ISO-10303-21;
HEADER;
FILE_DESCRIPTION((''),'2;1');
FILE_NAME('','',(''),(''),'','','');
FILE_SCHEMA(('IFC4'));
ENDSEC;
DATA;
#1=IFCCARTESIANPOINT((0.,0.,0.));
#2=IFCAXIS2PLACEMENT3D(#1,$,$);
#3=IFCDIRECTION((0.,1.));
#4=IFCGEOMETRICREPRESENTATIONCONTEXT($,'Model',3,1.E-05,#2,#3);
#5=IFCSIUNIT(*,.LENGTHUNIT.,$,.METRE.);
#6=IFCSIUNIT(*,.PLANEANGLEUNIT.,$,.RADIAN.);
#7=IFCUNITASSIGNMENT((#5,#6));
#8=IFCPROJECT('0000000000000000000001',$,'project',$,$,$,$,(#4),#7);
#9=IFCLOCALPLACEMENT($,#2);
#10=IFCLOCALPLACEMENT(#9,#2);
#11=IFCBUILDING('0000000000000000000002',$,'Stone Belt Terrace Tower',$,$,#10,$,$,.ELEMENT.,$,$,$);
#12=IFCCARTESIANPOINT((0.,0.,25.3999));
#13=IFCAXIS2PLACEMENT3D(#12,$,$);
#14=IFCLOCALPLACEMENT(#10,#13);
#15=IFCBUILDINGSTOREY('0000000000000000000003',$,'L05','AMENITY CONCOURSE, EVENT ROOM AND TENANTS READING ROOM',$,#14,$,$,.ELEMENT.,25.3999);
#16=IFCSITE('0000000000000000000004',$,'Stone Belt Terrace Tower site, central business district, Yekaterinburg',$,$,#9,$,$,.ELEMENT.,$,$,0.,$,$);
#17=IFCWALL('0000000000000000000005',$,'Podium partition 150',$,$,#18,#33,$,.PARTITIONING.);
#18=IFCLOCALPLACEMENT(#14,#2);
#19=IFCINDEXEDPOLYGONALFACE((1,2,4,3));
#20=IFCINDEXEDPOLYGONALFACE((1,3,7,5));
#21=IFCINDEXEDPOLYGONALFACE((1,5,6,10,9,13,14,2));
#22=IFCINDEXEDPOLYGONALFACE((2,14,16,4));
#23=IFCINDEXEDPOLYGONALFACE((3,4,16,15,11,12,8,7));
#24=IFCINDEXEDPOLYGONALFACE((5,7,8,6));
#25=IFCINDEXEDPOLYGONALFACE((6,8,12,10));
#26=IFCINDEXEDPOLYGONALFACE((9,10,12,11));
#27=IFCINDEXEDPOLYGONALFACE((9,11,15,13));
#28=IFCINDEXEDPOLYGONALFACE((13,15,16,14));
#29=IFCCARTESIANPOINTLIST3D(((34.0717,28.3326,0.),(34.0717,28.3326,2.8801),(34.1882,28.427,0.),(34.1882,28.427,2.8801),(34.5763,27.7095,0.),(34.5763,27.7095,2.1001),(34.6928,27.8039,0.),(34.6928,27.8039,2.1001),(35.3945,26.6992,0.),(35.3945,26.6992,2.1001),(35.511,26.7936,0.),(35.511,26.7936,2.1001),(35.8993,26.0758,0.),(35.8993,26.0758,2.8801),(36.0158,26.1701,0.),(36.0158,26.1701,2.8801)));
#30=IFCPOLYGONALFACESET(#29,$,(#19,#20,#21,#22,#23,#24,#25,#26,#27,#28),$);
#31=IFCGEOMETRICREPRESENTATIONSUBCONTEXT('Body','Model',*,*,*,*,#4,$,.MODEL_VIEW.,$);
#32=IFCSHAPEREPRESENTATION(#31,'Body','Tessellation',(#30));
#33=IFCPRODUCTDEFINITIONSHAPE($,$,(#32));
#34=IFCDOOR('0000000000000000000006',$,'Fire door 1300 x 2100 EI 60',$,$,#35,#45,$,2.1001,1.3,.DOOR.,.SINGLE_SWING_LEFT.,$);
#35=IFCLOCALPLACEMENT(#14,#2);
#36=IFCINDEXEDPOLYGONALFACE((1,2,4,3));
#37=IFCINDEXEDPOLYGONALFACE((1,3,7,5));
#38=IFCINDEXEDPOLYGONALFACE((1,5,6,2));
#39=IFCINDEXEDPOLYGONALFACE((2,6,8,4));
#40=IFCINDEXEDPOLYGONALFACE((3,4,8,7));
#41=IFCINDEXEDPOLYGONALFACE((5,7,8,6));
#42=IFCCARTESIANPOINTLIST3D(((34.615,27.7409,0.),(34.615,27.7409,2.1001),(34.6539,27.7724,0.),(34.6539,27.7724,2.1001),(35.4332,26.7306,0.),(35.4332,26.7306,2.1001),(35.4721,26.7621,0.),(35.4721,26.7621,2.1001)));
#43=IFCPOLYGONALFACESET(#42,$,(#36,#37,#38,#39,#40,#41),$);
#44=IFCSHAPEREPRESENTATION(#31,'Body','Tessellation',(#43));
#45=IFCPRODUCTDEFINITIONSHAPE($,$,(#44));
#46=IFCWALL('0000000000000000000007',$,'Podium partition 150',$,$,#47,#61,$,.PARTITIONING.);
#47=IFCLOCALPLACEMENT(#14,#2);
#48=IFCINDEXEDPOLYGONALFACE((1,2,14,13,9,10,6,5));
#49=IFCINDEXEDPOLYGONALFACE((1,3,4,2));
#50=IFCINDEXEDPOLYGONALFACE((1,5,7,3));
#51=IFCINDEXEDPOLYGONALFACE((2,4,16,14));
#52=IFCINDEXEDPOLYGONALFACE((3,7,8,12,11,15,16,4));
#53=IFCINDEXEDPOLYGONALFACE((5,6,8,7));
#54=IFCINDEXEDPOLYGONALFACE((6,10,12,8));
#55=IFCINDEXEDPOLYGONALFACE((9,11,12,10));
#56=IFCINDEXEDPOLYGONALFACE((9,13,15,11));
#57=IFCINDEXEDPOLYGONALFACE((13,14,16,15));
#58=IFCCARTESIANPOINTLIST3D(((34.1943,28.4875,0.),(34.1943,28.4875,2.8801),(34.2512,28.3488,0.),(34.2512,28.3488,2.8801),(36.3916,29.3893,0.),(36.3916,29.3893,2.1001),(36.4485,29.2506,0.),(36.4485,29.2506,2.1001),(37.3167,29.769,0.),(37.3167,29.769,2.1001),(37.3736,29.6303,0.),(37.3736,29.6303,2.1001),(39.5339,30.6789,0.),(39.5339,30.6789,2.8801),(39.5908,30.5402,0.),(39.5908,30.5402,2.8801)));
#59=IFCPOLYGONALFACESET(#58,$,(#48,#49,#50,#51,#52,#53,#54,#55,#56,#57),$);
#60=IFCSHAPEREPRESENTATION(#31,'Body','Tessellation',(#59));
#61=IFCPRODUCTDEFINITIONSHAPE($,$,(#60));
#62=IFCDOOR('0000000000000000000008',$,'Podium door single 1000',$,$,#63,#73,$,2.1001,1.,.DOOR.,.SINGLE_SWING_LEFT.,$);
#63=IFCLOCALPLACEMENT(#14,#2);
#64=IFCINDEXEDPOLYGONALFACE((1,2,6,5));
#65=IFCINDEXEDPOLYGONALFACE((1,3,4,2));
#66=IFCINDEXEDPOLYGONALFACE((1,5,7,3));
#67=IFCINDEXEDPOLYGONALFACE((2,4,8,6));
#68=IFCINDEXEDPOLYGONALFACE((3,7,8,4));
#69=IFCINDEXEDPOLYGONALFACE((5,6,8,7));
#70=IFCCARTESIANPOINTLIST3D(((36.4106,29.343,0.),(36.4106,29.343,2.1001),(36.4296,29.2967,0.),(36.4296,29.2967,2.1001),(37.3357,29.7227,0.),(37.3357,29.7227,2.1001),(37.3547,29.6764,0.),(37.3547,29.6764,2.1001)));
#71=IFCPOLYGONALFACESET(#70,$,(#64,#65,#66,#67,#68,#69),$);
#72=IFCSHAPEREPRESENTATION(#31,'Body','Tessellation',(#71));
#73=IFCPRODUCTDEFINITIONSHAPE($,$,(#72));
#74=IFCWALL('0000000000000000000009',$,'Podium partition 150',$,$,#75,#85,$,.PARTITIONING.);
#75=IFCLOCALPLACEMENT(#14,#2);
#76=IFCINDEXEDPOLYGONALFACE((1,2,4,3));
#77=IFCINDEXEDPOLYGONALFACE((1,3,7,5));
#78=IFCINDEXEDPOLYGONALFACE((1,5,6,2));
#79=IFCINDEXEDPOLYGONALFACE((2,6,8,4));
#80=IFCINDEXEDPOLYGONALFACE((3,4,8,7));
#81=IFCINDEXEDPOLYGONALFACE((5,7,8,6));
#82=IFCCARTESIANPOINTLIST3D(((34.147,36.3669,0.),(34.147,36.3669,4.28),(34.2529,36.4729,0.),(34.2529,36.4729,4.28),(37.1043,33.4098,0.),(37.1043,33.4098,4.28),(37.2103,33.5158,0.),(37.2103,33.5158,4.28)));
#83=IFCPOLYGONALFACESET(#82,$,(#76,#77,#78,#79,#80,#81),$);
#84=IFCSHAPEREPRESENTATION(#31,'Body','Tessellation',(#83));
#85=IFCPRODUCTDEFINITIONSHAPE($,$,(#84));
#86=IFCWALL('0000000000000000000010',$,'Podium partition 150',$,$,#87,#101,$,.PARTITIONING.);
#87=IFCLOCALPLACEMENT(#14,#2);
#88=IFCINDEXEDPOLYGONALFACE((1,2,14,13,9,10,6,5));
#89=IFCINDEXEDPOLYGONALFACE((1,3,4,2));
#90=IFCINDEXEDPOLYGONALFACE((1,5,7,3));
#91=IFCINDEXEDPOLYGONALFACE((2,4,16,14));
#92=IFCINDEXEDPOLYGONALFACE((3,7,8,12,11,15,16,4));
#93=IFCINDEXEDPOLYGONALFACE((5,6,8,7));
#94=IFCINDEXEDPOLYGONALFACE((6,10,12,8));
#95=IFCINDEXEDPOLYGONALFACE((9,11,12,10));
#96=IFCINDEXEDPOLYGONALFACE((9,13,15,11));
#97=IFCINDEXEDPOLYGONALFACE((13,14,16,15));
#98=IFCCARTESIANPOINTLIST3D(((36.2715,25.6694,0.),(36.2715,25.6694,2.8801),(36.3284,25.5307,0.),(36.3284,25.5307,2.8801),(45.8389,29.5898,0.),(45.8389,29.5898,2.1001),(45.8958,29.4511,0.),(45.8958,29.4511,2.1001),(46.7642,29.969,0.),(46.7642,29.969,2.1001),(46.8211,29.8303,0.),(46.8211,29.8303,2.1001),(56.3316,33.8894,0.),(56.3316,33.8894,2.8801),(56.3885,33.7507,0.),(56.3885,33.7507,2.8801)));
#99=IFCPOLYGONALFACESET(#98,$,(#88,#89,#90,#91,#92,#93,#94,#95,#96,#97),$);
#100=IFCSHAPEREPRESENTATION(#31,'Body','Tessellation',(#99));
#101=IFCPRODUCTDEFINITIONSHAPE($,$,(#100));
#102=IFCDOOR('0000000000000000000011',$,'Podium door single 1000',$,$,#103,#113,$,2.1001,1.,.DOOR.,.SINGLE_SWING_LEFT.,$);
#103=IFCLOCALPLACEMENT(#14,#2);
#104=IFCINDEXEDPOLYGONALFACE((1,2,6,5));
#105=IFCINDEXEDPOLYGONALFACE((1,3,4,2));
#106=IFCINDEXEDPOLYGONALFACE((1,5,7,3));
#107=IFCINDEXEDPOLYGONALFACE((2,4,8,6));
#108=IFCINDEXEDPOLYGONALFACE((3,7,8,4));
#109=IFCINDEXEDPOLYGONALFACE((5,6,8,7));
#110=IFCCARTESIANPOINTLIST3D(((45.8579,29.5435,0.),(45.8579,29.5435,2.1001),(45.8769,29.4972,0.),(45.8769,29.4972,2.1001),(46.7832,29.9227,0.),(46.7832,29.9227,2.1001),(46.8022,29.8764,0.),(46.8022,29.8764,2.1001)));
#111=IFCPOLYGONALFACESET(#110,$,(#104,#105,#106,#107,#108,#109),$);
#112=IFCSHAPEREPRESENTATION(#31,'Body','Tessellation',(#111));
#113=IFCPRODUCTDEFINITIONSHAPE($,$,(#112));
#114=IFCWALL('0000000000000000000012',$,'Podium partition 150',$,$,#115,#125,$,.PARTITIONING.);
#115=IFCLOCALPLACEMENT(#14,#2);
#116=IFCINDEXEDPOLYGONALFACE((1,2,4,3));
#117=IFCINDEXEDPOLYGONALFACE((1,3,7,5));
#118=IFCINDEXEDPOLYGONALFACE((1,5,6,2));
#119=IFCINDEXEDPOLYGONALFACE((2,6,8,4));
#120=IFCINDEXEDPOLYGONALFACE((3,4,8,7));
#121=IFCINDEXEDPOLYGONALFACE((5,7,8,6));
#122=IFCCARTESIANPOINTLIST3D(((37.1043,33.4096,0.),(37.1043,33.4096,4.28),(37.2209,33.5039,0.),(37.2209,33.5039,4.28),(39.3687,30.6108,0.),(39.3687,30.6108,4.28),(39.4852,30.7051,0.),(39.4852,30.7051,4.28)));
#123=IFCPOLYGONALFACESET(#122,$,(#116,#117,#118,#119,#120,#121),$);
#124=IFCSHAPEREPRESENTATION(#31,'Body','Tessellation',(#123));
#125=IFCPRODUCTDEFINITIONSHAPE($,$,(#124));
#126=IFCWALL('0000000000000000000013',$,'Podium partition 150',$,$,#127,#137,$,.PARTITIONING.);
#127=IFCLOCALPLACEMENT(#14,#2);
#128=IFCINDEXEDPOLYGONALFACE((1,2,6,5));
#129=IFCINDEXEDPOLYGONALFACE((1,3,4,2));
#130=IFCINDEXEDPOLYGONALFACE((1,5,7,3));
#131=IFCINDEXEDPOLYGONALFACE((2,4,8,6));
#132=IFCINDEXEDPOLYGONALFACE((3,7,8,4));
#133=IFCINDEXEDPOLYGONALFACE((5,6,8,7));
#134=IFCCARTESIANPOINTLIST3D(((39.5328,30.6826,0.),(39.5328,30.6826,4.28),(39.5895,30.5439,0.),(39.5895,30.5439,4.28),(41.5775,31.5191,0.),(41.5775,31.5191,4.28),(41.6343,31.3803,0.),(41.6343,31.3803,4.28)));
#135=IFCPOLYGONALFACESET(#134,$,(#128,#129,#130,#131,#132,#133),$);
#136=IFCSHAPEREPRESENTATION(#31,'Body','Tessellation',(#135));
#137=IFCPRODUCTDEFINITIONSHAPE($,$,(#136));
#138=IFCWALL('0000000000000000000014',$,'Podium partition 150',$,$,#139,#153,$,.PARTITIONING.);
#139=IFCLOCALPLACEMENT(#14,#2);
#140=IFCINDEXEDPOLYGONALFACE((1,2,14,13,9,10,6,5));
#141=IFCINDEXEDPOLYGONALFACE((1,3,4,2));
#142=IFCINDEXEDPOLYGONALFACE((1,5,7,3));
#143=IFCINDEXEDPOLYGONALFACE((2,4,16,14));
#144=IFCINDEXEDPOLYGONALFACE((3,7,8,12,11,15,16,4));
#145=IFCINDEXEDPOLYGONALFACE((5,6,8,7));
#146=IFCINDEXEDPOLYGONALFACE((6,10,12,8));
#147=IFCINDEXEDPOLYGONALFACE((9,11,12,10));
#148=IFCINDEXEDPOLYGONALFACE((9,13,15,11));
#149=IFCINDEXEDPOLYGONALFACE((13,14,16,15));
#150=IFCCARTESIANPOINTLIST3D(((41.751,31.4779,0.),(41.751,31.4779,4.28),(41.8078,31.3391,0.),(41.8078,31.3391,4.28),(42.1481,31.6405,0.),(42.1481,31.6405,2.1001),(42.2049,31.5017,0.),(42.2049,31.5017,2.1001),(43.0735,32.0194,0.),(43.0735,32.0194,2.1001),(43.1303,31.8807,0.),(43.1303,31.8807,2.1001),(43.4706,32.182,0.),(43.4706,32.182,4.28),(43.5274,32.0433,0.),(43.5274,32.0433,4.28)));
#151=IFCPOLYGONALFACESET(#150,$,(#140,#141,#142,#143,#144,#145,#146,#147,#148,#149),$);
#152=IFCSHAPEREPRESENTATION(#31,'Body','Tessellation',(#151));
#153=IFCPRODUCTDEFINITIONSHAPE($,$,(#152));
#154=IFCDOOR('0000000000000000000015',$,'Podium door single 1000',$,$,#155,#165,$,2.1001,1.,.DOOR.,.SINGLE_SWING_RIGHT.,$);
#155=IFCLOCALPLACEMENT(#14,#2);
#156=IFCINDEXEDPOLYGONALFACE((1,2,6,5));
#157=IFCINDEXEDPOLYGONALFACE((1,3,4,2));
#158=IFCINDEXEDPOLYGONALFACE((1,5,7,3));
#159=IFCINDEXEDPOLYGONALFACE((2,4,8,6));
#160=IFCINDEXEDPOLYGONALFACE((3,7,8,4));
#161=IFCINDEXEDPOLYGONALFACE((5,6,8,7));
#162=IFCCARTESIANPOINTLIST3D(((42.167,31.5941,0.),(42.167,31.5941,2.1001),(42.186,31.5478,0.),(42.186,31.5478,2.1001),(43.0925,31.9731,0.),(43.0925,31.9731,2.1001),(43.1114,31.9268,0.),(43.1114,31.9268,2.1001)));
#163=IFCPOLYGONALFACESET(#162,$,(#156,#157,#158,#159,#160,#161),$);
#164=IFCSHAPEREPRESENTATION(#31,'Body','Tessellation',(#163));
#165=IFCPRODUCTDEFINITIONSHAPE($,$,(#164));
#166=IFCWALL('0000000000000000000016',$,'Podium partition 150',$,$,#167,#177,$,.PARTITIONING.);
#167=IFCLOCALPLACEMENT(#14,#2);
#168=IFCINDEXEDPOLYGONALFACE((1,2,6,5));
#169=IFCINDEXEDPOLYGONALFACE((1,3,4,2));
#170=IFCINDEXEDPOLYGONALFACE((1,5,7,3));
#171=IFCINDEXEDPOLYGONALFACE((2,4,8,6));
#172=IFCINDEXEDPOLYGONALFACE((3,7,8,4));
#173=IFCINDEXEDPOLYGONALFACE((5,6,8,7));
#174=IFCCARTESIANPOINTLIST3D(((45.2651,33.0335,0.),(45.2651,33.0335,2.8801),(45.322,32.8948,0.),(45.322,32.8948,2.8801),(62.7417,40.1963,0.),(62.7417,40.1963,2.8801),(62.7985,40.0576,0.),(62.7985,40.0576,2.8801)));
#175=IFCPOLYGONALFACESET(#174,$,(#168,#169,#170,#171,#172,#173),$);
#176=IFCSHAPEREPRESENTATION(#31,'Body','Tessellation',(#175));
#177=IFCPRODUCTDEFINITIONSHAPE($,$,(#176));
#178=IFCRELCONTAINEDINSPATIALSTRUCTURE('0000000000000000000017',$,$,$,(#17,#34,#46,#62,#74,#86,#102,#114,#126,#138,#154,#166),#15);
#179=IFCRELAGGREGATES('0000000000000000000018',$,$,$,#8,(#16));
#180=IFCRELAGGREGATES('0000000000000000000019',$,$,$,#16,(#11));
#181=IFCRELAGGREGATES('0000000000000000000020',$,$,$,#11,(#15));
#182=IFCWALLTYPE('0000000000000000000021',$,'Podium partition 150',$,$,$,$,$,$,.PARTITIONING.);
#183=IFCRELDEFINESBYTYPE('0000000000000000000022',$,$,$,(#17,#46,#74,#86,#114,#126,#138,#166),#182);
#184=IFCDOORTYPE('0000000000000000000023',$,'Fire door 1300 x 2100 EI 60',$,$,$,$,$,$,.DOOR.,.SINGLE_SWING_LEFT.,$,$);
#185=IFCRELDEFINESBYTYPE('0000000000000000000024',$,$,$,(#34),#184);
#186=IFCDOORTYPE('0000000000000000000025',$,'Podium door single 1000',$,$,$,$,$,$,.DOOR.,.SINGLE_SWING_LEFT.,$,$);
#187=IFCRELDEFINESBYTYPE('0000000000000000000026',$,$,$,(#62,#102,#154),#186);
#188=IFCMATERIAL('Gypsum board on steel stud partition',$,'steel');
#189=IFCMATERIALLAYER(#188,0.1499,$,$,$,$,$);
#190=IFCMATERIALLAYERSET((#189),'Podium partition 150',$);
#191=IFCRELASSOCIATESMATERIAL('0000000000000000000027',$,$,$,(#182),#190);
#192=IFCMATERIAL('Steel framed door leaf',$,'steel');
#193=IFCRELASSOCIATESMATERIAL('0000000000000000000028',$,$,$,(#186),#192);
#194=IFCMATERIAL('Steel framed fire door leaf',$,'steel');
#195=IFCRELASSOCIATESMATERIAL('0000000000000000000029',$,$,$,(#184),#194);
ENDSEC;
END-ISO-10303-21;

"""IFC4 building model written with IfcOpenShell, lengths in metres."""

from ifc_helpers import new_model, si_unit, direction, frame, frame_2d, origin, place, context, subcontext, project, spatial, rectangle, extrude, material, layer, layer_set, type_object, element, fill, save


model = new_model("IFC4")

# Units and contexts
model_context = context("Model", 3, precision=1e-05, world=origin(), true_north=direction((0.0, 1.0)))
body_context = subcontext(model_context, "Body", "Model", "MODEL_VIEW")
ifc_project = project(units=[si_unit("LENGTHUNIT", "METRE"), si_unit("PLANEANGLEUNIT", "RADIAN")], contexts=[model_context])

# Site, building, storey
site_placement = place(None, origin())
site = spatial("IfcSite", under=ifc_project, at=site_placement, Name="Stone Belt Terrace Tower site, central business district, Yekaterinburg", CompositionType="ELEMENT", RefElevation=0.0)
building_placement = place(site_placement, origin())
building = spatial("IfcBuilding", under=site, at=building_placement, Name="Stone Belt Terrace Tower", CompositionType="ELEMENT")
storey_placement = place(building_placement, frame((0.0, 0.0, 25.3999)))
storey = spatial("IfcBuildingStorey", under=building, at=storey_placement, Name="L05", Description="AMENITY CONCOURSE, EVENT ROOM AND TENANTS READING ROOM", CompositionType="ELEMENT", Elevation=25.3999)

# Shared definitions
ifc_material_1 = material(Name="Gypsum board on steel stud partition", Category="steel")
ifc_layer_1 = layer(ifc_material_1, 0.1499)
ifc_layer_set_1 = layer_set([ifc_layer_1], Name="Podium partition 150")
wall_type_1 = type_object("IfcWallType", Name="Podium partition 150", PredefinedType="PARTITIONING", material=ifc_layer_set_1)
ifc_material_2 = material(Name="Steel framed door leaf", Category="steel")
door_type_1 = type_object("IfcDoorType", Name="Podium door single 1000", OperationType="SINGLE_SWING_LEFT", PredefinedType="DOOR", material=ifc_material_2)

# Walls, openings, doors
wall_1_placement = place(storey_placement, frame((34.1299, 28.3799, 0.0), z_axis=(0.0, 0.0, 1.0), x_axis=(0.629338, -0.777131, 0.0)))
wall_1 = element("IfcWall", 1, at=wall_1_placement, inside=storey, type_object=wall_type_1, Name="Podium partition 150", PredefinedType="PARTITIONING", context=body_context, shape_type="SweptSolid", body=[
    extrude(rectangle(XDim=2.9041, YDim=0.1499, at=frame_2d((1.4521, 0.0))), origin(), (0.0, 0.0, 1.0), 2.8801),
])
opening_1_placement = place(wall_1_placement, frame((0.802, 0.0, 0.0)))
opening_1 = element("IfcOpeningElement", 2, at=opening_1_placement, cuts=wall_1, PredefinedType="OPENING", context=body_context, shape_type="SweptSolid", body=[
    extrude(rectangle(XDim=1.3, YDim=2.1001, at=frame_2d((0.6499, 1.05))), frame((0.0, 0.085, 0.0), z_axis=(0.0, -1.0, 0.0), x_axis=(1.0, 0.0, 0.0)), (0.0, 0.0, 1.0), 0.1699),
])
ifc_material_3 = material(Name="Steel framed fire door leaf", Category="steel")
door_type_2 = type_object("IfcDoorType", Name="Fire door 1300 x 2100 EI 60", OperationType="SINGLE_SWING_LEFT", PredefinedType="DOOR", material=ifc_material_3)
door_1_placement = place(opening_1_placement, origin())
door_1 = element("IfcDoor", 3, at=door_1_placement, inside=storey, type_object=door_type_2, Name="Fire door 1300 x 2100 EI 60", OperationType="SINGLE_SWING_LEFT", OverallHeight=2.1001, OverallWidth=1.3, PredefinedType="DOOR", context=body_context, shape_type="SweptSolid", body=[
    extrude(rectangle(XDim=1.3, YDim=2.1001, at=frame_2d((0.6499, 1.05))), frame((0.0, 0.0249, 0.0), z_axis=(0.0, -1.0, 0.0), x_axis=(1.0, 0.0, 0.0)), (0.0, 0.0, 1.0), 0.05),
])
fill(opening_1, door_1)
wall_2_placement = place(storey_placement, frame((34.2229, 28.4182, 0.0), z_axis=(0.0, 0.0, 1.0), x_axis=(0.92512, 0.379675, 0.0)))
wall_2 = element("IfcWall", 4, at=wall_2_placement, inside=storey, type_object=wall_type_1, Name="Podium partition 150", PredefinedType="PARTITIONING", context=body_context, shape_type="SweptSolid", body=[
    extrude(rectangle(XDim=5.7717, YDim=0.1499, at=frame_2d((2.8857, 0.0))), origin(), (0.0, 0.0, 1.0), 2.8801),
])
opening_2_placement = place(wall_2_placement, frame((2.375, 0.0, 0.0)))
opening_2 = element("IfcOpeningElement", 5, at=opening_2_placement, cuts=wall_2, PredefinedType="OPENING", context=body_context, shape_type="SweptSolid", body=[
    extrude(rectangle(XDim=1.0, YDim=2.1001, at=frame_2d((0.5, 1.05))), frame((0.0, 0.085, 0.0), z_axis=(0.0, -1.0, 0.0), x_axis=(1.0, 0.0, 0.0)), (0.0, 0.0, 1.0), 0.1699),
])
door_2_placement = place(opening_2_placement, origin())
door_2 = element("IfcDoor", 6, at=door_2_placement, inside=storey, type_object=door_type_1, Name="Podium door single 1000", OperationType="SINGLE_SWING_LEFT", OverallHeight=2.1001, OverallWidth=1.0, PredefinedType="DOOR", context=body_context, shape_type="SweptSolid", body=[
    extrude(rectangle(XDim=1.0, YDim=2.1001, at=frame_2d((0.5, 1.05))), frame((0.0, 0.0249, 0.0), z_axis=(0.0, -1.0, 0.0), x_axis=(1.0, 0.0, 0.0)), (0.0, 0.0, 1.0), 0.05),
])
fill(opening_2, door_2)

# Wall
wall_3_placement = place(storey_placement, frame((34.2, 36.4199, 0.0), z_axis=(0.0, 0.0, 1.0), x_axis=(0.707136, -0.707078, 0.0)))
element("IfcWall", 7, at=wall_3_placement, inside=storey, type_object=wall_type_1, Name="Podium partition 150", PredefinedType="PARTITIONING", context=body_context, shape_type="SweptSolid", body=[
    extrude(rectangle(XDim=4.1821, YDim=0.1499, at=frame_2d((2.0911, 0.0))), origin(), (0.0, 0.0, 1.0), 4.28),
])

# Wall, opening, door
wall_4_placement = place(storey_placement, frame((36.3, 25.6001, 0.0), z_axis=(0.0, 0.0, 1.0), x_axis=(0.925327, 0.37917, 0.0)))
wall_4 = element("IfcWall", 8, at=wall_4_placement, inside=storey, type_object=wall_type_1, Name="Podium partition 150", PredefinedType="PARTITIONING", context=body_context, shape_type="SweptSolid", body=[
    extrude(rectangle(XDim=21.679, YDim=0.1499, at=frame_2d((10.8394, 0.0))), origin(), (0.0, 0.0, 1.0), 2.8801),
])
opening_3_placement = place(wall_4_placement, frame((10.3394, 0.0, 0.0)))
opening_3 = element("IfcOpeningElement", 9, at=opening_3_placement, cuts=wall_4, PredefinedType="OPENING", context=body_context, shape_type="SweptSolid", body=[
    extrude(rectangle(XDim=1.0, YDim=2.1001, at=frame_2d((0.5, 1.05))), frame((0.0, 0.085, 0.0), z_axis=(0.0, -1.0, 0.0), x_axis=(1.0, 0.0, 0.0)), (0.0, 0.0, 1.0), 0.1699),
])
door_3_placement = place(opening_3_placement, origin())
door_3 = element("IfcDoor", 10, at=door_3_placement, inside=storey, type_object=door_type_1, Name="Podium door single 1000", OperationType="SINGLE_SWING_LEFT", OverallHeight=2.1001, OverallWidth=1.0, PredefinedType="DOOR", context=body_context, shape_type="SweptSolid", body=[
    extrude(rectangle(XDim=1.0, YDim=2.1001, at=frame_2d((0.5, 1.05))), frame((0.0, 0.0249, 0.0), z_axis=(0.0, -1.0, 0.0), x_axis=(1.0, 0.0, 0.0)), (0.0, 0.0, 1.0), 0.05),
])
fill(opening_3, door_3)

# Walls
wall_5_placement = place(storey_placement, frame((37.1626, 33.4568, 0.0), z_axis=(0.0, 0.0, 1.0), x_axis=(0.628978, -0.777423, 0.0)))
element("IfcWall", 11, at=wall_5_placement, inside=storey, type_object=wall_type_1, Name="Podium partition 150", PredefinedType="PARTITIONING", context=body_context, shape_type="SweptSolid", body=[
    extrude(rectangle(XDim=3.6001, YDim=0.1499, at=frame_2d((1.8, 0.0))), origin(), (0.0, 0.0, 1.0), 4.28),
])
wall_6_placement = place(storey_placement, frame((39.5613, 30.6133, 0.0), z_axis=(0.0, 0.0, 1.0), x_axis=(0.925552, 0.37862, 0.0)))
element("IfcWall", 12, at=wall_6_placement, inside=storey, type_object=wall_type_1, Name="Podium partition 150", PredefinedType="PARTITIONING", context=body_context, shape_type="SweptSolid", body=[
    extrude(rectangle(XDim=2.2092, YDim=0.1499, at=frame_2d((1.1045, 0.0))), origin(), (0.0, 0.0, 1.0), 4.28),
])

# Wall, opening, door
wall_7_placement = place(storey_placement, frame((41.7793, 31.4084, 0.0), z_axis=(0.0, 0.0, 1.0), x_axis=(0.925419, 0.378945, 0.0)))
wall_7 = element("IfcWall", 13, at=wall_7_placement, inside=storey, type_object=wall_type_1, Name="Podium partition 150", PredefinedType="PARTITIONING", context=body_context, shape_type="SweptSolid", body=[
    extrude(rectangle(XDim=1.8582, YDim=0.1499, at=frame_2d((0.9292, 0.0))), origin(), (0.0, 0.0, 1.0), 4.28),
])
opening_4_placement = place(wall_7_placement, frame((0.4292, 0.0, 0.0)))
opening_4 = element("IfcOpeningElement", 14, at=opening_4_placement, cuts=wall_7, PredefinedType="OPENING", context=body_context, shape_type="SweptSolid", body=[
    extrude(rectangle(XDim=1.0, YDim=2.1001, at=frame_2d((0.5, 1.05))), frame((0.0, 0.085, 0.0), z_axis=(0.0, -1.0, 0.0), x_axis=(1.0, 0.0, 0.0)), (0.0, 0.0, 1.0), 0.1699),
])
door_4_placement = place(opening_4_placement, origin())
door_4 = element("IfcDoor", 15, at=door_4_placement, inside=storey, type_object=door_type_1, Name="Podium door single 1000", OperationType="SINGLE_SWING_RIGHT", OverallHeight=2.1001, OverallWidth=1.0, PredefinedType="DOOR", context=body_context, shape_type="SweptSolid", body=[
    extrude(rectangle(XDim=1.0, YDim=2.1001, at=frame_2d((0.5, 1.05))), frame((0.0, 0.0249, 0.0), z_axis=(0.0, -1.0, 0.0), x_axis=(1.0, 0.0, 0.0)), (0.0, 0.0, 1.0), 0.05),
])
fill(opening_4, door_4)

# Wall
wall_8_placement = place(storey_placement, frame((45.2935, 32.9641, 0.0), z_axis=(0.0, 0.0, 1.0), x_axis=(0.925299, 0.379238, 0.0)))
element("IfcWall", 16, at=wall_8_placement, inside=storey, type_object=wall_type_1, Name="Podium partition 150", PredefinedType="PARTITIONING", context=body_context, shape_type="SweptSolid", body=[
    extrude(rectangle(XDim=18.8875, YDim=0.1499, at=frame_2d((9.4438, 0.0))), origin(), (0.0, 0.0, 1.0), 2.8801),
])

save(model, "model.ifc")
